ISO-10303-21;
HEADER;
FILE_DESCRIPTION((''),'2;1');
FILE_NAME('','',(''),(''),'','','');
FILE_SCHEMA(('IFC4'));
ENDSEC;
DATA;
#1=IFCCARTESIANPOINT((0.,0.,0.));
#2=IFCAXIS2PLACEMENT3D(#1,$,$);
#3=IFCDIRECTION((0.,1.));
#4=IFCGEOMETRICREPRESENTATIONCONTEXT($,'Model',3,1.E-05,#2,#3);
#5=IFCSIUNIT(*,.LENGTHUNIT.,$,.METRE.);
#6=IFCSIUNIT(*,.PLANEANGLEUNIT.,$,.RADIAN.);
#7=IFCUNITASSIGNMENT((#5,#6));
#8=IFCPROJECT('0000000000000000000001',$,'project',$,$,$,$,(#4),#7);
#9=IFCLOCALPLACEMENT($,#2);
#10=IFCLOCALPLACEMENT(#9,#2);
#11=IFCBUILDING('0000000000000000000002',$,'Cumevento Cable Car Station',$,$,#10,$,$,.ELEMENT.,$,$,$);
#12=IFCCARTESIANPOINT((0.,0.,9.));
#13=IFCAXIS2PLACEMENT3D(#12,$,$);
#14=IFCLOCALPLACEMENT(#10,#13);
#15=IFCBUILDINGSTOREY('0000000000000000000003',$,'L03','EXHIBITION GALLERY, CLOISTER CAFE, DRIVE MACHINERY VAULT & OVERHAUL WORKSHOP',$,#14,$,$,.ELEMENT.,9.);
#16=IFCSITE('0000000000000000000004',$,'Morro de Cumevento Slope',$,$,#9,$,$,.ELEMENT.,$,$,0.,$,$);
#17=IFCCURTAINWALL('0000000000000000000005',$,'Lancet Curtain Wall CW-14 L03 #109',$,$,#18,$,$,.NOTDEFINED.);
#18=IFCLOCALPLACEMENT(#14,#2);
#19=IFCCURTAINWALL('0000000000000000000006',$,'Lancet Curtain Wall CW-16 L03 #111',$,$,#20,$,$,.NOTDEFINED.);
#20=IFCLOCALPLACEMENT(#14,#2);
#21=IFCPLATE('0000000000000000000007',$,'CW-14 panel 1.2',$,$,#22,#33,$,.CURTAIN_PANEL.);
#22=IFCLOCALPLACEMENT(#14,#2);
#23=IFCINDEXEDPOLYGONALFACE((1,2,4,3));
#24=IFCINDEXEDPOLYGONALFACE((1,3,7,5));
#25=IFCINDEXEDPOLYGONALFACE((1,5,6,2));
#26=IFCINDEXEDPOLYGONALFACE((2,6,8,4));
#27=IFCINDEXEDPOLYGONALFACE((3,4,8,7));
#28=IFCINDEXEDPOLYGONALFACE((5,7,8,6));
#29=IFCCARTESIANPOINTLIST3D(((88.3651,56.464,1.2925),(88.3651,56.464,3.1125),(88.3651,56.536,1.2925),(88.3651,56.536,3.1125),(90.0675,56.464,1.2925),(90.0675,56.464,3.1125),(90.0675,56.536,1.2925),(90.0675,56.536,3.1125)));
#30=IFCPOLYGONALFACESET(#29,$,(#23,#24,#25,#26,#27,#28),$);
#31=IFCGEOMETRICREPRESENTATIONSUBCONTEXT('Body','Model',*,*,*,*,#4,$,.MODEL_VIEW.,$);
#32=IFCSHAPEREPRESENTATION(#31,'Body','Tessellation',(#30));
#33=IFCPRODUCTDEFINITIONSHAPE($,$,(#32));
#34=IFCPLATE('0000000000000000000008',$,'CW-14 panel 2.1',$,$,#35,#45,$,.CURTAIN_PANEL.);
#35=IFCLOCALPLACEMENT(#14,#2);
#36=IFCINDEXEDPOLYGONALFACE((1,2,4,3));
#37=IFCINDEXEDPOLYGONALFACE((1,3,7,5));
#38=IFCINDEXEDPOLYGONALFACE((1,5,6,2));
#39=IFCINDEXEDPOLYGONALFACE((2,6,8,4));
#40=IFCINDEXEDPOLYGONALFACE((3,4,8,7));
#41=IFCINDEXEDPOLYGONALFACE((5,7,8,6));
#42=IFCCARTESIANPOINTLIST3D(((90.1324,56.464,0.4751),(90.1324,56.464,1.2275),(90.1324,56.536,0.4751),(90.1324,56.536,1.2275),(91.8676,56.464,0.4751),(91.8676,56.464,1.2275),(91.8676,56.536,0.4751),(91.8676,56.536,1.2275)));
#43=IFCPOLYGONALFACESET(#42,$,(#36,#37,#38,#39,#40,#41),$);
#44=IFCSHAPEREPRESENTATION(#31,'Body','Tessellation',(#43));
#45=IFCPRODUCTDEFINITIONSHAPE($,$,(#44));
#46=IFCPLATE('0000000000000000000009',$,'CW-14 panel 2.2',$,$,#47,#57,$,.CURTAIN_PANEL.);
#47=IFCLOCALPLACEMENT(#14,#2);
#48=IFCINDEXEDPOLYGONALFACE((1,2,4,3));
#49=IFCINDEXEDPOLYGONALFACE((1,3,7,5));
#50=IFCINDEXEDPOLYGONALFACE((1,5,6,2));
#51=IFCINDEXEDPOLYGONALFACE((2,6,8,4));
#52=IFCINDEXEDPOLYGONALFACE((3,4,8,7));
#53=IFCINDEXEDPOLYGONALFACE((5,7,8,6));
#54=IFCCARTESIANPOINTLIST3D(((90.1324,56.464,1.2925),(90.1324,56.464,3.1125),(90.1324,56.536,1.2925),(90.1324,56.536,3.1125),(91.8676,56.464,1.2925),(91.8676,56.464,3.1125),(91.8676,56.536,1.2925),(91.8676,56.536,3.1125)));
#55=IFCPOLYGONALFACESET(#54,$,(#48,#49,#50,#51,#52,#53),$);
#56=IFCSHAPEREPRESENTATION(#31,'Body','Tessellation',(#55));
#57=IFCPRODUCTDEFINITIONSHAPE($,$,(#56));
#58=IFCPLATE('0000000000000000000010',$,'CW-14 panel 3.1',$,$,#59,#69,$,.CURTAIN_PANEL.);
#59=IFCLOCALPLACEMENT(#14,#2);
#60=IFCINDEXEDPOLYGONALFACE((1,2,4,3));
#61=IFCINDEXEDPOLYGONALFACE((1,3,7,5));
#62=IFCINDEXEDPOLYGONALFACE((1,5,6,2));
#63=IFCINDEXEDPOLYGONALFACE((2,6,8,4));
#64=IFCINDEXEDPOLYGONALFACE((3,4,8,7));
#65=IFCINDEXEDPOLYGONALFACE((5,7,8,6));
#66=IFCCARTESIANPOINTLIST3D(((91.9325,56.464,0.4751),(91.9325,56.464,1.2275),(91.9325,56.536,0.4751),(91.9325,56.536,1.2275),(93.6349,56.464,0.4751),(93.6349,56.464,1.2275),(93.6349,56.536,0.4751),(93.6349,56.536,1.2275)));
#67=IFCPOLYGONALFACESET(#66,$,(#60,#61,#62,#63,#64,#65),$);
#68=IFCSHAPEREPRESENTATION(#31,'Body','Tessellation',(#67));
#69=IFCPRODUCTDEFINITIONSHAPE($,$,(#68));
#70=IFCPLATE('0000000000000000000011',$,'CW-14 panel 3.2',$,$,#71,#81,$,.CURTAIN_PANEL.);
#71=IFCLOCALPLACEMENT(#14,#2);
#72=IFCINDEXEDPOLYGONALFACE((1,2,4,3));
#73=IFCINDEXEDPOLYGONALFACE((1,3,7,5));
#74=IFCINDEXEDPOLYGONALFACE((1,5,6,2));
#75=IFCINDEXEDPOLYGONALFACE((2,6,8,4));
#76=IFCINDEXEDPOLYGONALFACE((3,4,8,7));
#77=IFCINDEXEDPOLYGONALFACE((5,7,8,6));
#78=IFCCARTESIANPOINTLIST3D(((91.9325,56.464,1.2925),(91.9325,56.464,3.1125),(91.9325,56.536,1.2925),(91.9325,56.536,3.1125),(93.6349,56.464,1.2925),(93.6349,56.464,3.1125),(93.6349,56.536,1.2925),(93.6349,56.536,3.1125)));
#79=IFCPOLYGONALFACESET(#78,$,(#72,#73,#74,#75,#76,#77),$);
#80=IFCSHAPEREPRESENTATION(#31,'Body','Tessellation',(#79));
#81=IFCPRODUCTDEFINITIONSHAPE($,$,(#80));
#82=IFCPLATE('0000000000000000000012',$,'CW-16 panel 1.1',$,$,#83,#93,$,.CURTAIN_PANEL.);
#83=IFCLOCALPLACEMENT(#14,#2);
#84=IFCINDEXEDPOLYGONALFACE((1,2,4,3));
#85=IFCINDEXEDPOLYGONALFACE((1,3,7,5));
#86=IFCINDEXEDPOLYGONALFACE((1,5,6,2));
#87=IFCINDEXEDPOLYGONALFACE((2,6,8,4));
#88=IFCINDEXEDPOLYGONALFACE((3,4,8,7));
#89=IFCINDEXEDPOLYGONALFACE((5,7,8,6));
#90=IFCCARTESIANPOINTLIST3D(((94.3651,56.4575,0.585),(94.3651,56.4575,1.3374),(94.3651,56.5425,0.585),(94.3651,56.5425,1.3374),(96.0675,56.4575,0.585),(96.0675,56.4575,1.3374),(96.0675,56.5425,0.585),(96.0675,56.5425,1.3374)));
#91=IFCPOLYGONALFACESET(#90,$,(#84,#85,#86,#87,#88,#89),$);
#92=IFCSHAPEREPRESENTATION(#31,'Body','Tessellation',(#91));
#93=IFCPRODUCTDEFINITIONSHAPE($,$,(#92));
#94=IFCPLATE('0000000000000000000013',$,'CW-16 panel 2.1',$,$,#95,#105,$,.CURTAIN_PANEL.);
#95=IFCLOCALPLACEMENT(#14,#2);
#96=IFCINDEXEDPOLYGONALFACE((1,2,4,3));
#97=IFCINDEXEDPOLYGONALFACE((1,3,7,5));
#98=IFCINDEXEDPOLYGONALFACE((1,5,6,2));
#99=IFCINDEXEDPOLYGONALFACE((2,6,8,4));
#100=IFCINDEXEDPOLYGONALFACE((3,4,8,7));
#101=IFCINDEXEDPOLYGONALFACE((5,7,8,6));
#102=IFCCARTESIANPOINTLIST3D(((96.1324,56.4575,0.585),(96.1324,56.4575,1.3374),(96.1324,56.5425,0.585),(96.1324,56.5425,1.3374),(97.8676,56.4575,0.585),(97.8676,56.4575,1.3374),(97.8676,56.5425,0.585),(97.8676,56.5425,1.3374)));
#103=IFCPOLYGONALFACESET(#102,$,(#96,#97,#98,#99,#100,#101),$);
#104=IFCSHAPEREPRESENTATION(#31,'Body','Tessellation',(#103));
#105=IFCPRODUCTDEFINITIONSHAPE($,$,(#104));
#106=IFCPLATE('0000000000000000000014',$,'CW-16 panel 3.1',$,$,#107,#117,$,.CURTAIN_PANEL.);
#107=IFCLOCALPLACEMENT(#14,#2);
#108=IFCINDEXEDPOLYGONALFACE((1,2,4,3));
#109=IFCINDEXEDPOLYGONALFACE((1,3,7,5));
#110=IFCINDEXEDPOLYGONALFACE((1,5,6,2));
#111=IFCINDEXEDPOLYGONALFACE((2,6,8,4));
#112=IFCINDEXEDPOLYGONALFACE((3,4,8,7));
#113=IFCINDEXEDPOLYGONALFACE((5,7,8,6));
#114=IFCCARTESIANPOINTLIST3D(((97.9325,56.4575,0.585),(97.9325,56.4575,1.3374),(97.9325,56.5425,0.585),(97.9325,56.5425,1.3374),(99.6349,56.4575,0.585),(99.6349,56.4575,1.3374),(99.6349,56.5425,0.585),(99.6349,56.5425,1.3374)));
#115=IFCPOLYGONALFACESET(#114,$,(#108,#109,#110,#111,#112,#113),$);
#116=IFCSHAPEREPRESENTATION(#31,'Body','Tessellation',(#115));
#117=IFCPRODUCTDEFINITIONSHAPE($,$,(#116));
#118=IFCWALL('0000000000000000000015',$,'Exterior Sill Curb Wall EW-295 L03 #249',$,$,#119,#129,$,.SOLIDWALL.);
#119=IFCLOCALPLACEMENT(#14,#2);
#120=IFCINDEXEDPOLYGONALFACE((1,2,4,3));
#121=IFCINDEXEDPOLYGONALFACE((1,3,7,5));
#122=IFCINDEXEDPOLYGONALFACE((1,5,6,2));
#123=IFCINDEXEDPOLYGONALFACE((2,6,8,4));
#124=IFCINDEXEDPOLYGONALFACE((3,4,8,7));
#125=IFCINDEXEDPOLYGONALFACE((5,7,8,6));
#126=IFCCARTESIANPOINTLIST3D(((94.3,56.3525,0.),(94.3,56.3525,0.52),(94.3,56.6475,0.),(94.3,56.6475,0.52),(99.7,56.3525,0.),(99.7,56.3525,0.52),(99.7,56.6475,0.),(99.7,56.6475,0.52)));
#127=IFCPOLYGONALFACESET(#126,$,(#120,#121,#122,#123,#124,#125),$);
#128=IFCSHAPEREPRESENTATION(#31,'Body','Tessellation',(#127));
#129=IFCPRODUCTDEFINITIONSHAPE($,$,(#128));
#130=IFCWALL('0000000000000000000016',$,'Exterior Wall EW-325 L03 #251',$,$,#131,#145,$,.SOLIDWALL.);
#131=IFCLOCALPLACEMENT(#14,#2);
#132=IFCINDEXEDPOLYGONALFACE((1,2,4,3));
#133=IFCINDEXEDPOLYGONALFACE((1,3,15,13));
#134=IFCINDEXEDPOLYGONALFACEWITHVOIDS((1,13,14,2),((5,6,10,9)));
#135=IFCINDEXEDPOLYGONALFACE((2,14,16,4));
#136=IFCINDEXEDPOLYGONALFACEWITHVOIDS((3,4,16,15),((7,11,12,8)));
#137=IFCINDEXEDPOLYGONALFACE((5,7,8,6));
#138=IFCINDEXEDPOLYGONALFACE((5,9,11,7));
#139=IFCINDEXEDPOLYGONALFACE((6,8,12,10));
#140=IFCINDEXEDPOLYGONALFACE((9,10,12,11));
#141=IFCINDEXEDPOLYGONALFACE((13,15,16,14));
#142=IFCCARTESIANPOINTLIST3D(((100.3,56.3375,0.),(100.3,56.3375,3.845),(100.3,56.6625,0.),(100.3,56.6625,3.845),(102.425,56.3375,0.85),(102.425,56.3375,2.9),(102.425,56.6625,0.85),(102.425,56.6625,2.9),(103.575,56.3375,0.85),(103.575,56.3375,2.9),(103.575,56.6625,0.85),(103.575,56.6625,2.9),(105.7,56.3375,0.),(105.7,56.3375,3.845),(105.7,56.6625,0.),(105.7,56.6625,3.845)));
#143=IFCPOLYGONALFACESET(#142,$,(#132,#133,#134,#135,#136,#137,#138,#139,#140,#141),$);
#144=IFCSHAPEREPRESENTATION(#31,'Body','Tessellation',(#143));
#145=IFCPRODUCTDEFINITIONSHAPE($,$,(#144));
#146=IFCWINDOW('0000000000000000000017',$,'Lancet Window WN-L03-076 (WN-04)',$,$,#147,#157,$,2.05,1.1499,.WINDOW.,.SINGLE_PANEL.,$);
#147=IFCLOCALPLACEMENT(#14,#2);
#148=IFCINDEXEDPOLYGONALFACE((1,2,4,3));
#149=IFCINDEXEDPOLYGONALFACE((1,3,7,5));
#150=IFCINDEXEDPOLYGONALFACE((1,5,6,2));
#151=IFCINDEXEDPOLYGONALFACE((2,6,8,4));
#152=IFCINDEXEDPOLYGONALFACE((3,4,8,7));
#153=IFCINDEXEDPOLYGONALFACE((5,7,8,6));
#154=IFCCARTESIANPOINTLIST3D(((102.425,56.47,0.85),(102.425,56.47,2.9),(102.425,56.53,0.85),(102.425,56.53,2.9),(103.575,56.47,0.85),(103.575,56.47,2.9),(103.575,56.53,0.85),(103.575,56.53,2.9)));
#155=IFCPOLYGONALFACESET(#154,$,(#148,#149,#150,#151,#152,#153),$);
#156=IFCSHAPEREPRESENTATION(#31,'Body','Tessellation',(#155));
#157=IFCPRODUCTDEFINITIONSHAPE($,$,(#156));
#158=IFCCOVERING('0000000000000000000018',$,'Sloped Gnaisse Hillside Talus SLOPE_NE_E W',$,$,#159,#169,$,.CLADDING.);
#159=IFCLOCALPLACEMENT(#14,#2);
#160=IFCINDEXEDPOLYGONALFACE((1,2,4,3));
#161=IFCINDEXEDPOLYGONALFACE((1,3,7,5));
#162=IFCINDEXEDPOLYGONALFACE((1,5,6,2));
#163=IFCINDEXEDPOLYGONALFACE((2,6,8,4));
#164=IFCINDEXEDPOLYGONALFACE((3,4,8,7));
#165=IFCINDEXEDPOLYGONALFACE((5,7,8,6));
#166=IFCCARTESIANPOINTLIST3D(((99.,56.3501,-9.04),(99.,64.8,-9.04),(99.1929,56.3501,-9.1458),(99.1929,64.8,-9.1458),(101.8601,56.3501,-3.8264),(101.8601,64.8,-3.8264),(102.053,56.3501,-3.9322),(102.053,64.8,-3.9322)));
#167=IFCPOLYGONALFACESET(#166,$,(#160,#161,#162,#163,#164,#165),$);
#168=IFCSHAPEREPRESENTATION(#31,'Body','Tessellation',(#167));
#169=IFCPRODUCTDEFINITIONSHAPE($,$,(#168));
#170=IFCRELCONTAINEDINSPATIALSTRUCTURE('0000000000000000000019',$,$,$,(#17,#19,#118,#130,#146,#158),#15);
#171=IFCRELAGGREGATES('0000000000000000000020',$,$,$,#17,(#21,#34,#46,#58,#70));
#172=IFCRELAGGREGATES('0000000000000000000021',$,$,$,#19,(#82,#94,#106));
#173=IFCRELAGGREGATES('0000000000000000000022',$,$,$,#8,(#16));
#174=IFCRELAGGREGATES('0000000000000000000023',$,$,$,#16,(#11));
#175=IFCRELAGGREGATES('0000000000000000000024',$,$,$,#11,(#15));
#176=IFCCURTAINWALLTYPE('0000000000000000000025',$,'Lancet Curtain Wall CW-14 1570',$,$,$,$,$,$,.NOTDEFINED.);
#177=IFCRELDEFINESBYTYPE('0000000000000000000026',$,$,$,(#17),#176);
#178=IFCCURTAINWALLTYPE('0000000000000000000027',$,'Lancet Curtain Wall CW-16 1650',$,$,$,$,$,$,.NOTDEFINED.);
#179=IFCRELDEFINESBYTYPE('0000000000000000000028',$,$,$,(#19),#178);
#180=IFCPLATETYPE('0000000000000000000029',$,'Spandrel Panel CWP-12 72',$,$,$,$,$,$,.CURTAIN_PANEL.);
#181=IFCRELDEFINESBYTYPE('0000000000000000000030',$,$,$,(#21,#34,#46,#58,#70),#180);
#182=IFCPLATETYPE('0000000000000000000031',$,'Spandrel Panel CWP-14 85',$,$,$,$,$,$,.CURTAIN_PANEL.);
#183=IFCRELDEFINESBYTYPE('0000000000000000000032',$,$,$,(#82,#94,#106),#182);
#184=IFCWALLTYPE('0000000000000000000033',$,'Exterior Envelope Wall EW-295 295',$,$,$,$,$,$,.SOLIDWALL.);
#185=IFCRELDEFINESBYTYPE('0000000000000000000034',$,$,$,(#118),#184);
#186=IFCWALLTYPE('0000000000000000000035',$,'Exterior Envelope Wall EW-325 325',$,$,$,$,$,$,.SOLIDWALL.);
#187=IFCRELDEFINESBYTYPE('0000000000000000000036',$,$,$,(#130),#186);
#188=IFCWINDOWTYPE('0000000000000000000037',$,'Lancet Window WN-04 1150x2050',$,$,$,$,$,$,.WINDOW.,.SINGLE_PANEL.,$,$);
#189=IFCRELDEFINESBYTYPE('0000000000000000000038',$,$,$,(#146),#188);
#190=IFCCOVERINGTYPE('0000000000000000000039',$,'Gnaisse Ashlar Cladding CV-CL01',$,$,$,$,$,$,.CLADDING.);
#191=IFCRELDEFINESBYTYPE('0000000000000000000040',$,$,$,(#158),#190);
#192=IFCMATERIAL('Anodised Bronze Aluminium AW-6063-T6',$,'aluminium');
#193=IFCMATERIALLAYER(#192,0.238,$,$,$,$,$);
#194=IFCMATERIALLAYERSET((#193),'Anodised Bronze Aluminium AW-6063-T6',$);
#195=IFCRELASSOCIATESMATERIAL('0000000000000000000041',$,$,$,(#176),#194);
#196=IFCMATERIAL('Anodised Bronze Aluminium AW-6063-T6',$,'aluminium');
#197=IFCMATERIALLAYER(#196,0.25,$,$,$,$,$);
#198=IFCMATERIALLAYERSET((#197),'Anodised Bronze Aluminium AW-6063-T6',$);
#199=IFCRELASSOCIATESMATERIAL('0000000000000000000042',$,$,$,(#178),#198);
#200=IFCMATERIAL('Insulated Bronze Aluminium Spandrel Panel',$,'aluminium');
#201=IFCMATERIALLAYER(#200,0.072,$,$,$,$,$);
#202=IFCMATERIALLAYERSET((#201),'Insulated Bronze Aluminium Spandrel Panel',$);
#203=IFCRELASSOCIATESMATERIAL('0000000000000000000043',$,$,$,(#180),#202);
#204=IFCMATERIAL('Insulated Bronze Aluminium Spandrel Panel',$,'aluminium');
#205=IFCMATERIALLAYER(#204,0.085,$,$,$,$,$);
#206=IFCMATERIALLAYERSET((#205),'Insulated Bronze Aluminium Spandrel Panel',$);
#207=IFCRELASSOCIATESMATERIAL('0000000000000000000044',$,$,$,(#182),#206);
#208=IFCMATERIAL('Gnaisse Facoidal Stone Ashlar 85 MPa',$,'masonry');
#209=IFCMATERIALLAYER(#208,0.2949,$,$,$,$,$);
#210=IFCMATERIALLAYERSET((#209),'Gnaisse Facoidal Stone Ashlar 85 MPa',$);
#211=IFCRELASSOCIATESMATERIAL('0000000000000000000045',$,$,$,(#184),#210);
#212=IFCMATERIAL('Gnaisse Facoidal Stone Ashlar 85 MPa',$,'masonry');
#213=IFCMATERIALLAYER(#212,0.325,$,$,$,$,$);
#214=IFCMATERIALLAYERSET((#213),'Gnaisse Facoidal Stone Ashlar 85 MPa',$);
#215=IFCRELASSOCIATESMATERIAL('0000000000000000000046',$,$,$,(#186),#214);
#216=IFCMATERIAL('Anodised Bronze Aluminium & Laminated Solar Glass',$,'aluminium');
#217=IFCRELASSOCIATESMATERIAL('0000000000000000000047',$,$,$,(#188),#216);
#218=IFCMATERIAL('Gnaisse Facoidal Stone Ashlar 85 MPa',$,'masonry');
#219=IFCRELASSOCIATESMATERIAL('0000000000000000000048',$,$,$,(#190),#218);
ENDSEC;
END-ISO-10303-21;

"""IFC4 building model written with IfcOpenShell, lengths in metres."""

from ifc_helpers import new_model, si_unit, direction, frame, frame_2d, origin, origin_2d, place, context, subcontext, project, spatial, polyline, rectangle, outline, extrude, material, layer, layer_set, type_object, element, fill, aggregate, save


model = new_model("IFC4")

# Units and contexts
model_context = context("Model", 3, precision=1e-05, world=origin(), true_north=direction((0.0, 1.0)))
body_context = subcontext(model_context, "Body", "Model", "MODEL_VIEW")
ifc_project = project(units=[si_unit("LENGTHUNIT", "METRE"), si_unit("PLANEANGLEUNIT", "RADIAN")], contexts=[model_context])

# Site, building, storey
site_placement = place(None, origin())
site = spatial("IfcSite", under=ifc_project, at=site_placement, Name="Morro de Cumevento Slope", CompositionType="ELEMENT", RefElevation=0.0)
building_placement = place(site_placement, origin())
building = spatial("IfcBuilding", under=site, at=building_placement, Name="Cumevento Cable Car Station", CompositionType="ELEMENT")
storey_placement = place(building_placement, frame((0.0, 0.0, 9.0)))
storey = spatial("IfcBuildingStorey", under=building, at=storey_placement, Name="L03", Description="EXHIBITION GALLERY, CLOISTER CAFE, DRIVE MACHINERY VAULT & OVERHAUL WORKSHOP", CompositionType="ELEMENT", Elevation=9.0)

# Curtain walls
ifc_material_1 = material(Name="Anodised Bronze Aluminium AW-6063-T6", Category="aluminium")
ifc_layer_1 = layer(ifc_material_1, 0.238)
ifc_layer_set_1 = layer_set([ifc_layer_1], Name="Anodised Bronze Aluminium AW-6063-T6")
curtain_wall_type_1 = type_object("IfcCurtainWallType", Name="Lancet Curtain Wall CW-14 1570", PredefinedType="NOTDEFINED", material=ifc_layer_set_1)
curtain_wall_1_placement = place(storey_placement, origin())
curtain_wall_1 = element("IfcCurtainWall", 1, at=curtain_wall_1_placement, inside=storey, type_object=curtain_wall_type_1, Name="Lancet Curtain Wall CW-14 L03 #109", PredefinedType="NOTDEFINED")
ifc_material_2 = material(Name="Anodised Bronze Aluminium AW-6063-T6", Category="aluminium")
ifc_layer_2 = layer(ifc_material_2, 0.25)
ifc_layer_set_2 = layer_set([ifc_layer_2], Name="Anodised Bronze Aluminium AW-6063-T6")
curtain_wall_type_2 = type_object("IfcCurtainWallType", Name="Lancet Curtain Wall CW-16 1650", PredefinedType="NOTDEFINED", material=ifc_layer_set_2)
curtain_wall_2_placement = place(storey_placement, origin())
curtain_wall_2 = element("IfcCurtainWall", 2, at=curtain_wall_2_placement, inside=storey, type_object=curtain_wall_type_2, Name="Lancet Curtain Wall CW-16 L03 #111", PredefinedType="NOTDEFINED")

# Plates
ifc_material_3 = material(Name="Insulated Bronze Aluminium Spandrel Panel", Category="aluminium")
ifc_layer_3 = layer(ifc_material_3, 0.072)
ifc_layer_set_3 = layer_set([ifc_layer_3], Name="Insulated Bronze Aluminium Spandrel Panel")
plate_type_1 = type_object("IfcPlateType", Name="Spandrel Panel CWP-12 72", PredefinedType="CURTAIN_PANEL", material=ifc_layer_set_3)
plate_1_placement = place(storey_placement, frame((89.2163, 56.5, 1.2925), z_axis=(0.0, 0.0, 1.0), x_axis=(1.0, 0.0, 0.0)))
plate_1 = element("IfcPlate", 3, at=plate_1_placement, type_object=plate_type_1, Name="CW-14 panel 1.2", PredefinedType="CURTAIN_PANEL", context=body_context, shape_type="SweptSolid", body=[
    extrude(rectangle(XDim=1.7024, YDim=0.072, at=origin_2d()), origin(), (0.0, 0.0, 1.0), 1.8201),
])
plate_2_placement = place(storey_placement, frame((91.0, 56.5, 0.4751), z_axis=(0.0, 0.0, 1.0), x_axis=(1.0, 0.0, 0.0)))
plate_2 = element("IfcPlate", 4, at=plate_2_placement, type_object=plate_type_1, Name="CW-14 panel 2.1", PredefinedType="CURTAIN_PANEL", context=body_context, shape_type="SweptSolid", body=[
    extrude(rectangle(XDim=1.7351, YDim=0.072, at=origin_2d()), origin(), (0.0, 0.0, 1.0), 0.7524),
])
plate_3_placement = place(storey_placement, frame((91.0, 56.5, 1.2925), z_axis=(0.0, 0.0, 1.0), x_axis=(1.0, 0.0, 0.0)))
plate_3 = element("IfcPlate", 5, at=plate_3_placement, type_object=plate_type_1, Name="CW-14 panel 2.2", PredefinedType="CURTAIN_PANEL", context=body_context, shape_type="SweptSolid", body=[
    extrude(rectangle(XDim=1.7351, YDim=0.072, at=origin_2d()), origin(), (0.0, 0.0, 1.0), 1.8201),
])
plate_4_placement = place(storey_placement, frame((92.7837, 56.5, 0.4751), z_axis=(0.0, 0.0, 1.0), x_axis=(1.0, 0.0, 0.0)))
plate_4 = element("IfcPlate", 6, at=plate_4_placement, type_object=plate_type_1, Name="CW-14 panel 3.1", PredefinedType="CURTAIN_PANEL", context=body_context, shape_type="SweptSolid", body=[
    extrude(rectangle(XDim=1.7024, YDim=0.072, at=origin_2d()), origin(), (0.0, 0.0, 1.0), 0.7524),
])
plate_5_placement = place(storey_placement, frame((92.7837, 56.5, 1.2925), z_axis=(0.0, 0.0, 1.0), x_axis=(1.0, 0.0, 0.0)))
plate_5 = element("IfcPlate", 7, at=plate_5_placement, type_object=plate_type_1, Name="CW-14 panel 3.2", PredefinedType="CURTAIN_PANEL", context=body_context, shape_type="SweptSolid", body=[
    extrude(rectangle(XDim=1.7024, YDim=0.072, at=origin_2d()), origin(), (0.0, 0.0, 1.0), 1.8201),
])
aggregate(curtain_wall_1, [plate_1, plate_2, plate_3, plate_4, plate_5])
ifc_material_4 = material(Name="Insulated Bronze Aluminium Spandrel Panel", Category="aluminium")
ifc_layer_4 = layer(ifc_material_4, 0.085)
ifc_layer_set_4 = layer_set([ifc_layer_4], Name="Insulated Bronze Aluminium Spandrel Panel")
plate_type_2 = type_object("IfcPlateType", Name="Spandrel Panel CWP-14 85", PredefinedType="CURTAIN_PANEL", material=ifc_layer_set_4)
plate_6_placement = place(storey_placement, frame((95.2163, 56.5, 0.585), z_axis=(0.0, 0.0, 1.0), x_axis=(1.0, 0.0, 0.0)))
plate_6 = element("IfcPlate", 8, at=plate_6_placement, type_object=plate_type_2, Name="CW-16 panel 1.1", PredefinedType="CURTAIN_PANEL", context=body_context, shape_type="SweptSolid", body=[
    extrude(rectangle(XDim=1.7024, YDim=0.085, at=origin_2d()), origin(), (0.0, 0.0, 1.0), 0.7524),
])
plate_7_placement = place(storey_placement, frame((97.0, 56.5, 0.585), z_axis=(0.0, 0.0, 1.0), x_axis=(1.0, 0.0, 0.0)))
plate_7 = element("IfcPlate", 9, at=plate_7_placement, type_object=plate_type_2, Name="CW-16 panel 2.1", PredefinedType="CURTAIN_PANEL", context=body_context, shape_type="SweptSolid", body=[
    extrude(rectangle(XDim=1.7351, YDim=0.085, at=origin_2d()), origin(), (0.0, 0.0, 1.0), 0.7524),
])
plate_8_placement = place(storey_placement, frame((98.7837, 56.5, 0.585), z_axis=(0.0, 0.0, 1.0), x_axis=(1.0, 0.0, 0.0)))
plate_8 = element("IfcPlate", 10, at=plate_8_placement, type_object=plate_type_2, Name="CW-16 panel 3.1", PredefinedType="CURTAIN_PANEL", context=body_context, shape_type="SweptSolid", body=[
    extrude(rectangle(XDim=1.7024, YDim=0.085, at=origin_2d()), origin(), (0.0, 0.0, 1.0), 0.7524),
])
aggregate(curtain_wall_2, [plate_6, plate_7, plate_8])

# Wall
ifc_material_5 = material(Name="Gnaisse Facoidal Stone Ashlar 85 MPa", Category="masonry")
ifc_layer_5 = layer(ifc_material_5, 0.2949)
ifc_layer_set_5 = layer_set([ifc_layer_5], Name="Gnaisse Facoidal Stone Ashlar 85 MPa")
wall_type_1 = type_object("IfcWallType", Name="Exterior Envelope Wall EW-295 295", PredefinedType="SOLIDWALL", material=ifc_layer_set_5)
wall_1_placement = place(storey_placement, frame((94.3, 56.5, 0.0), z_axis=(0.0, 0.0, 1.0), x_axis=(1.0, 0.0, 0.0)))
element("IfcWall", 11, at=wall_1_placement, inside=storey, type_object=wall_type_1, Name="Exterior Sill Curb Wall EW-295 L03 #249", PredefinedType="SOLIDWALL", context=body_context, shape_type="SweptSolid", body=[
    extrude(rectangle(XDim=5.3999, YDim=0.2949, at=frame_2d((2.7, 0.0))), origin(), (0.0, 0.0, 1.0), 0.52),
])

# Wall, opening, window
ifc_material_6 = material(Name="Gnaisse Facoidal Stone Ashlar 85 MPa", Category="masonry")
ifc_layer_6 = layer(ifc_material_6, 0.325)
ifc_layer_set_6 = layer_set([ifc_layer_6], Name="Gnaisse Facoidal Stone Ashlar 85 MPa")
wall_type_2 = type_object("IfcWallType", Name="Exterior Envelope Wall EW-325 325", PredefinedType="SOLIDWALL", material=ifc_layer_set_6)
wall_2_placement = place(storey_placement, frame((100.3, 56.5, 0.0), z_axis=(0.0, 0.0, 1.0), x_axis=(1.0, 0.0, 0.0)))
wall_2 = element("IfcWall", 12, at=wall_2_placement, inside=storey, type_object=wall_type_2, Name="Exterior Wall EW-325 L03 #251", PredefinedType="SOLIDWALL", context=body_context, shape_type="SweptSolid", body=[
    extrude(rectangle(XDim=5.3999, YDim=0.325, at=frame_2d((2.7, 0.0))), origin(), (0.0, 0.0, 1.0), 3.845),
])
opening_placement = place(wall_2_placement, frame((2.125, 0.0, 0.8501)))
opening = element("IfcOpeningElement", 13, at=opening_placement, cuts=wall_2, PredefinedType="OPENING", context=body_context, shape_type="SweptSolid", body=[
    extrude(rectangle(XDim=1.1499, YDim=2.05, at=frame_2d((0.575, 1.0249))), frame((0.0, 0.1726, 0.0), z_axis=(0.0, -1.0, 0.0), x_axis=(1.0, 0.0, 0.0)), (0.0, 0.0, 1.0), 0.345),
])
ifc_material_7 = material(Name="Anodised Bronze Aluminium & Laminated Solar Glass", Category="aluminium")
window_type = type_object("IfcWindowType", Name="Lancet Window WN-04 1150x2050", PartitioningType="SINGLE_PANEL", PredefinedType="WINDOW", material=ifc_material_7)
window_placement = place(opening_placement, origin())
window = element("IfcWindow", 14, at=window_placement, inside=storey, type_object=window_type, Name="Lancet Window WN-L03-076 (WN-04)", OverallHeight=2.05, OverallWidth=1.1499, PartitioningType="SINGLE_PANEL", PredefinedType="WINDOW", context=body_context, shape_type="SweptSolid", body=[
    extrude(rectangle(XDim=1.1499, YDim=2.05, at=frame_2d((0.575, 1.0249))), frame((0.0, 0.03, 0.0), z_axis=(0.0, -1.0, 0.0), x_axis=(1.0, 0.0, 0.0)), (0.0, 0.0, 1.0), 0.0601),
])
fill(opening, window)

# Covering
ifc_material_8 = material(Name="Gnaisse Facoidal Stone Ashlar 85 MPa", Category="masonry")
covering_type = type_object("IfcCoveringType", Name="Gnaisse Ashlar Cladding CV-CL01", PredefinedType="CLADDING", material=ifc_material_8)
covering_1_placement = place(storey_placement, frame((99.0, 64.8, -9.04), z_axis=(-0.87674, 0.0, 0.480965), x_axis=(0.0, -1.0, 0.0)))
element("IfcCovering", 15, at=covering_1_placement, inside=storey, type_object=covering_type, Name="Sloped Gnaisse Hillside Talus SLOPE_NE_E W", PredefinedType="CLADDING", context=body_context, shape_type="SweptSolid", body=[
    extrude(outline(polyline([(0.0, 0.0), (8.45, 0.0), (8.45, 5.9466), (0.0, 5.9466), (0.0, 0.0)])), origin(), (0.0, 0.0, -1.0), 0.22),
])

save(model, "model.ifc")
